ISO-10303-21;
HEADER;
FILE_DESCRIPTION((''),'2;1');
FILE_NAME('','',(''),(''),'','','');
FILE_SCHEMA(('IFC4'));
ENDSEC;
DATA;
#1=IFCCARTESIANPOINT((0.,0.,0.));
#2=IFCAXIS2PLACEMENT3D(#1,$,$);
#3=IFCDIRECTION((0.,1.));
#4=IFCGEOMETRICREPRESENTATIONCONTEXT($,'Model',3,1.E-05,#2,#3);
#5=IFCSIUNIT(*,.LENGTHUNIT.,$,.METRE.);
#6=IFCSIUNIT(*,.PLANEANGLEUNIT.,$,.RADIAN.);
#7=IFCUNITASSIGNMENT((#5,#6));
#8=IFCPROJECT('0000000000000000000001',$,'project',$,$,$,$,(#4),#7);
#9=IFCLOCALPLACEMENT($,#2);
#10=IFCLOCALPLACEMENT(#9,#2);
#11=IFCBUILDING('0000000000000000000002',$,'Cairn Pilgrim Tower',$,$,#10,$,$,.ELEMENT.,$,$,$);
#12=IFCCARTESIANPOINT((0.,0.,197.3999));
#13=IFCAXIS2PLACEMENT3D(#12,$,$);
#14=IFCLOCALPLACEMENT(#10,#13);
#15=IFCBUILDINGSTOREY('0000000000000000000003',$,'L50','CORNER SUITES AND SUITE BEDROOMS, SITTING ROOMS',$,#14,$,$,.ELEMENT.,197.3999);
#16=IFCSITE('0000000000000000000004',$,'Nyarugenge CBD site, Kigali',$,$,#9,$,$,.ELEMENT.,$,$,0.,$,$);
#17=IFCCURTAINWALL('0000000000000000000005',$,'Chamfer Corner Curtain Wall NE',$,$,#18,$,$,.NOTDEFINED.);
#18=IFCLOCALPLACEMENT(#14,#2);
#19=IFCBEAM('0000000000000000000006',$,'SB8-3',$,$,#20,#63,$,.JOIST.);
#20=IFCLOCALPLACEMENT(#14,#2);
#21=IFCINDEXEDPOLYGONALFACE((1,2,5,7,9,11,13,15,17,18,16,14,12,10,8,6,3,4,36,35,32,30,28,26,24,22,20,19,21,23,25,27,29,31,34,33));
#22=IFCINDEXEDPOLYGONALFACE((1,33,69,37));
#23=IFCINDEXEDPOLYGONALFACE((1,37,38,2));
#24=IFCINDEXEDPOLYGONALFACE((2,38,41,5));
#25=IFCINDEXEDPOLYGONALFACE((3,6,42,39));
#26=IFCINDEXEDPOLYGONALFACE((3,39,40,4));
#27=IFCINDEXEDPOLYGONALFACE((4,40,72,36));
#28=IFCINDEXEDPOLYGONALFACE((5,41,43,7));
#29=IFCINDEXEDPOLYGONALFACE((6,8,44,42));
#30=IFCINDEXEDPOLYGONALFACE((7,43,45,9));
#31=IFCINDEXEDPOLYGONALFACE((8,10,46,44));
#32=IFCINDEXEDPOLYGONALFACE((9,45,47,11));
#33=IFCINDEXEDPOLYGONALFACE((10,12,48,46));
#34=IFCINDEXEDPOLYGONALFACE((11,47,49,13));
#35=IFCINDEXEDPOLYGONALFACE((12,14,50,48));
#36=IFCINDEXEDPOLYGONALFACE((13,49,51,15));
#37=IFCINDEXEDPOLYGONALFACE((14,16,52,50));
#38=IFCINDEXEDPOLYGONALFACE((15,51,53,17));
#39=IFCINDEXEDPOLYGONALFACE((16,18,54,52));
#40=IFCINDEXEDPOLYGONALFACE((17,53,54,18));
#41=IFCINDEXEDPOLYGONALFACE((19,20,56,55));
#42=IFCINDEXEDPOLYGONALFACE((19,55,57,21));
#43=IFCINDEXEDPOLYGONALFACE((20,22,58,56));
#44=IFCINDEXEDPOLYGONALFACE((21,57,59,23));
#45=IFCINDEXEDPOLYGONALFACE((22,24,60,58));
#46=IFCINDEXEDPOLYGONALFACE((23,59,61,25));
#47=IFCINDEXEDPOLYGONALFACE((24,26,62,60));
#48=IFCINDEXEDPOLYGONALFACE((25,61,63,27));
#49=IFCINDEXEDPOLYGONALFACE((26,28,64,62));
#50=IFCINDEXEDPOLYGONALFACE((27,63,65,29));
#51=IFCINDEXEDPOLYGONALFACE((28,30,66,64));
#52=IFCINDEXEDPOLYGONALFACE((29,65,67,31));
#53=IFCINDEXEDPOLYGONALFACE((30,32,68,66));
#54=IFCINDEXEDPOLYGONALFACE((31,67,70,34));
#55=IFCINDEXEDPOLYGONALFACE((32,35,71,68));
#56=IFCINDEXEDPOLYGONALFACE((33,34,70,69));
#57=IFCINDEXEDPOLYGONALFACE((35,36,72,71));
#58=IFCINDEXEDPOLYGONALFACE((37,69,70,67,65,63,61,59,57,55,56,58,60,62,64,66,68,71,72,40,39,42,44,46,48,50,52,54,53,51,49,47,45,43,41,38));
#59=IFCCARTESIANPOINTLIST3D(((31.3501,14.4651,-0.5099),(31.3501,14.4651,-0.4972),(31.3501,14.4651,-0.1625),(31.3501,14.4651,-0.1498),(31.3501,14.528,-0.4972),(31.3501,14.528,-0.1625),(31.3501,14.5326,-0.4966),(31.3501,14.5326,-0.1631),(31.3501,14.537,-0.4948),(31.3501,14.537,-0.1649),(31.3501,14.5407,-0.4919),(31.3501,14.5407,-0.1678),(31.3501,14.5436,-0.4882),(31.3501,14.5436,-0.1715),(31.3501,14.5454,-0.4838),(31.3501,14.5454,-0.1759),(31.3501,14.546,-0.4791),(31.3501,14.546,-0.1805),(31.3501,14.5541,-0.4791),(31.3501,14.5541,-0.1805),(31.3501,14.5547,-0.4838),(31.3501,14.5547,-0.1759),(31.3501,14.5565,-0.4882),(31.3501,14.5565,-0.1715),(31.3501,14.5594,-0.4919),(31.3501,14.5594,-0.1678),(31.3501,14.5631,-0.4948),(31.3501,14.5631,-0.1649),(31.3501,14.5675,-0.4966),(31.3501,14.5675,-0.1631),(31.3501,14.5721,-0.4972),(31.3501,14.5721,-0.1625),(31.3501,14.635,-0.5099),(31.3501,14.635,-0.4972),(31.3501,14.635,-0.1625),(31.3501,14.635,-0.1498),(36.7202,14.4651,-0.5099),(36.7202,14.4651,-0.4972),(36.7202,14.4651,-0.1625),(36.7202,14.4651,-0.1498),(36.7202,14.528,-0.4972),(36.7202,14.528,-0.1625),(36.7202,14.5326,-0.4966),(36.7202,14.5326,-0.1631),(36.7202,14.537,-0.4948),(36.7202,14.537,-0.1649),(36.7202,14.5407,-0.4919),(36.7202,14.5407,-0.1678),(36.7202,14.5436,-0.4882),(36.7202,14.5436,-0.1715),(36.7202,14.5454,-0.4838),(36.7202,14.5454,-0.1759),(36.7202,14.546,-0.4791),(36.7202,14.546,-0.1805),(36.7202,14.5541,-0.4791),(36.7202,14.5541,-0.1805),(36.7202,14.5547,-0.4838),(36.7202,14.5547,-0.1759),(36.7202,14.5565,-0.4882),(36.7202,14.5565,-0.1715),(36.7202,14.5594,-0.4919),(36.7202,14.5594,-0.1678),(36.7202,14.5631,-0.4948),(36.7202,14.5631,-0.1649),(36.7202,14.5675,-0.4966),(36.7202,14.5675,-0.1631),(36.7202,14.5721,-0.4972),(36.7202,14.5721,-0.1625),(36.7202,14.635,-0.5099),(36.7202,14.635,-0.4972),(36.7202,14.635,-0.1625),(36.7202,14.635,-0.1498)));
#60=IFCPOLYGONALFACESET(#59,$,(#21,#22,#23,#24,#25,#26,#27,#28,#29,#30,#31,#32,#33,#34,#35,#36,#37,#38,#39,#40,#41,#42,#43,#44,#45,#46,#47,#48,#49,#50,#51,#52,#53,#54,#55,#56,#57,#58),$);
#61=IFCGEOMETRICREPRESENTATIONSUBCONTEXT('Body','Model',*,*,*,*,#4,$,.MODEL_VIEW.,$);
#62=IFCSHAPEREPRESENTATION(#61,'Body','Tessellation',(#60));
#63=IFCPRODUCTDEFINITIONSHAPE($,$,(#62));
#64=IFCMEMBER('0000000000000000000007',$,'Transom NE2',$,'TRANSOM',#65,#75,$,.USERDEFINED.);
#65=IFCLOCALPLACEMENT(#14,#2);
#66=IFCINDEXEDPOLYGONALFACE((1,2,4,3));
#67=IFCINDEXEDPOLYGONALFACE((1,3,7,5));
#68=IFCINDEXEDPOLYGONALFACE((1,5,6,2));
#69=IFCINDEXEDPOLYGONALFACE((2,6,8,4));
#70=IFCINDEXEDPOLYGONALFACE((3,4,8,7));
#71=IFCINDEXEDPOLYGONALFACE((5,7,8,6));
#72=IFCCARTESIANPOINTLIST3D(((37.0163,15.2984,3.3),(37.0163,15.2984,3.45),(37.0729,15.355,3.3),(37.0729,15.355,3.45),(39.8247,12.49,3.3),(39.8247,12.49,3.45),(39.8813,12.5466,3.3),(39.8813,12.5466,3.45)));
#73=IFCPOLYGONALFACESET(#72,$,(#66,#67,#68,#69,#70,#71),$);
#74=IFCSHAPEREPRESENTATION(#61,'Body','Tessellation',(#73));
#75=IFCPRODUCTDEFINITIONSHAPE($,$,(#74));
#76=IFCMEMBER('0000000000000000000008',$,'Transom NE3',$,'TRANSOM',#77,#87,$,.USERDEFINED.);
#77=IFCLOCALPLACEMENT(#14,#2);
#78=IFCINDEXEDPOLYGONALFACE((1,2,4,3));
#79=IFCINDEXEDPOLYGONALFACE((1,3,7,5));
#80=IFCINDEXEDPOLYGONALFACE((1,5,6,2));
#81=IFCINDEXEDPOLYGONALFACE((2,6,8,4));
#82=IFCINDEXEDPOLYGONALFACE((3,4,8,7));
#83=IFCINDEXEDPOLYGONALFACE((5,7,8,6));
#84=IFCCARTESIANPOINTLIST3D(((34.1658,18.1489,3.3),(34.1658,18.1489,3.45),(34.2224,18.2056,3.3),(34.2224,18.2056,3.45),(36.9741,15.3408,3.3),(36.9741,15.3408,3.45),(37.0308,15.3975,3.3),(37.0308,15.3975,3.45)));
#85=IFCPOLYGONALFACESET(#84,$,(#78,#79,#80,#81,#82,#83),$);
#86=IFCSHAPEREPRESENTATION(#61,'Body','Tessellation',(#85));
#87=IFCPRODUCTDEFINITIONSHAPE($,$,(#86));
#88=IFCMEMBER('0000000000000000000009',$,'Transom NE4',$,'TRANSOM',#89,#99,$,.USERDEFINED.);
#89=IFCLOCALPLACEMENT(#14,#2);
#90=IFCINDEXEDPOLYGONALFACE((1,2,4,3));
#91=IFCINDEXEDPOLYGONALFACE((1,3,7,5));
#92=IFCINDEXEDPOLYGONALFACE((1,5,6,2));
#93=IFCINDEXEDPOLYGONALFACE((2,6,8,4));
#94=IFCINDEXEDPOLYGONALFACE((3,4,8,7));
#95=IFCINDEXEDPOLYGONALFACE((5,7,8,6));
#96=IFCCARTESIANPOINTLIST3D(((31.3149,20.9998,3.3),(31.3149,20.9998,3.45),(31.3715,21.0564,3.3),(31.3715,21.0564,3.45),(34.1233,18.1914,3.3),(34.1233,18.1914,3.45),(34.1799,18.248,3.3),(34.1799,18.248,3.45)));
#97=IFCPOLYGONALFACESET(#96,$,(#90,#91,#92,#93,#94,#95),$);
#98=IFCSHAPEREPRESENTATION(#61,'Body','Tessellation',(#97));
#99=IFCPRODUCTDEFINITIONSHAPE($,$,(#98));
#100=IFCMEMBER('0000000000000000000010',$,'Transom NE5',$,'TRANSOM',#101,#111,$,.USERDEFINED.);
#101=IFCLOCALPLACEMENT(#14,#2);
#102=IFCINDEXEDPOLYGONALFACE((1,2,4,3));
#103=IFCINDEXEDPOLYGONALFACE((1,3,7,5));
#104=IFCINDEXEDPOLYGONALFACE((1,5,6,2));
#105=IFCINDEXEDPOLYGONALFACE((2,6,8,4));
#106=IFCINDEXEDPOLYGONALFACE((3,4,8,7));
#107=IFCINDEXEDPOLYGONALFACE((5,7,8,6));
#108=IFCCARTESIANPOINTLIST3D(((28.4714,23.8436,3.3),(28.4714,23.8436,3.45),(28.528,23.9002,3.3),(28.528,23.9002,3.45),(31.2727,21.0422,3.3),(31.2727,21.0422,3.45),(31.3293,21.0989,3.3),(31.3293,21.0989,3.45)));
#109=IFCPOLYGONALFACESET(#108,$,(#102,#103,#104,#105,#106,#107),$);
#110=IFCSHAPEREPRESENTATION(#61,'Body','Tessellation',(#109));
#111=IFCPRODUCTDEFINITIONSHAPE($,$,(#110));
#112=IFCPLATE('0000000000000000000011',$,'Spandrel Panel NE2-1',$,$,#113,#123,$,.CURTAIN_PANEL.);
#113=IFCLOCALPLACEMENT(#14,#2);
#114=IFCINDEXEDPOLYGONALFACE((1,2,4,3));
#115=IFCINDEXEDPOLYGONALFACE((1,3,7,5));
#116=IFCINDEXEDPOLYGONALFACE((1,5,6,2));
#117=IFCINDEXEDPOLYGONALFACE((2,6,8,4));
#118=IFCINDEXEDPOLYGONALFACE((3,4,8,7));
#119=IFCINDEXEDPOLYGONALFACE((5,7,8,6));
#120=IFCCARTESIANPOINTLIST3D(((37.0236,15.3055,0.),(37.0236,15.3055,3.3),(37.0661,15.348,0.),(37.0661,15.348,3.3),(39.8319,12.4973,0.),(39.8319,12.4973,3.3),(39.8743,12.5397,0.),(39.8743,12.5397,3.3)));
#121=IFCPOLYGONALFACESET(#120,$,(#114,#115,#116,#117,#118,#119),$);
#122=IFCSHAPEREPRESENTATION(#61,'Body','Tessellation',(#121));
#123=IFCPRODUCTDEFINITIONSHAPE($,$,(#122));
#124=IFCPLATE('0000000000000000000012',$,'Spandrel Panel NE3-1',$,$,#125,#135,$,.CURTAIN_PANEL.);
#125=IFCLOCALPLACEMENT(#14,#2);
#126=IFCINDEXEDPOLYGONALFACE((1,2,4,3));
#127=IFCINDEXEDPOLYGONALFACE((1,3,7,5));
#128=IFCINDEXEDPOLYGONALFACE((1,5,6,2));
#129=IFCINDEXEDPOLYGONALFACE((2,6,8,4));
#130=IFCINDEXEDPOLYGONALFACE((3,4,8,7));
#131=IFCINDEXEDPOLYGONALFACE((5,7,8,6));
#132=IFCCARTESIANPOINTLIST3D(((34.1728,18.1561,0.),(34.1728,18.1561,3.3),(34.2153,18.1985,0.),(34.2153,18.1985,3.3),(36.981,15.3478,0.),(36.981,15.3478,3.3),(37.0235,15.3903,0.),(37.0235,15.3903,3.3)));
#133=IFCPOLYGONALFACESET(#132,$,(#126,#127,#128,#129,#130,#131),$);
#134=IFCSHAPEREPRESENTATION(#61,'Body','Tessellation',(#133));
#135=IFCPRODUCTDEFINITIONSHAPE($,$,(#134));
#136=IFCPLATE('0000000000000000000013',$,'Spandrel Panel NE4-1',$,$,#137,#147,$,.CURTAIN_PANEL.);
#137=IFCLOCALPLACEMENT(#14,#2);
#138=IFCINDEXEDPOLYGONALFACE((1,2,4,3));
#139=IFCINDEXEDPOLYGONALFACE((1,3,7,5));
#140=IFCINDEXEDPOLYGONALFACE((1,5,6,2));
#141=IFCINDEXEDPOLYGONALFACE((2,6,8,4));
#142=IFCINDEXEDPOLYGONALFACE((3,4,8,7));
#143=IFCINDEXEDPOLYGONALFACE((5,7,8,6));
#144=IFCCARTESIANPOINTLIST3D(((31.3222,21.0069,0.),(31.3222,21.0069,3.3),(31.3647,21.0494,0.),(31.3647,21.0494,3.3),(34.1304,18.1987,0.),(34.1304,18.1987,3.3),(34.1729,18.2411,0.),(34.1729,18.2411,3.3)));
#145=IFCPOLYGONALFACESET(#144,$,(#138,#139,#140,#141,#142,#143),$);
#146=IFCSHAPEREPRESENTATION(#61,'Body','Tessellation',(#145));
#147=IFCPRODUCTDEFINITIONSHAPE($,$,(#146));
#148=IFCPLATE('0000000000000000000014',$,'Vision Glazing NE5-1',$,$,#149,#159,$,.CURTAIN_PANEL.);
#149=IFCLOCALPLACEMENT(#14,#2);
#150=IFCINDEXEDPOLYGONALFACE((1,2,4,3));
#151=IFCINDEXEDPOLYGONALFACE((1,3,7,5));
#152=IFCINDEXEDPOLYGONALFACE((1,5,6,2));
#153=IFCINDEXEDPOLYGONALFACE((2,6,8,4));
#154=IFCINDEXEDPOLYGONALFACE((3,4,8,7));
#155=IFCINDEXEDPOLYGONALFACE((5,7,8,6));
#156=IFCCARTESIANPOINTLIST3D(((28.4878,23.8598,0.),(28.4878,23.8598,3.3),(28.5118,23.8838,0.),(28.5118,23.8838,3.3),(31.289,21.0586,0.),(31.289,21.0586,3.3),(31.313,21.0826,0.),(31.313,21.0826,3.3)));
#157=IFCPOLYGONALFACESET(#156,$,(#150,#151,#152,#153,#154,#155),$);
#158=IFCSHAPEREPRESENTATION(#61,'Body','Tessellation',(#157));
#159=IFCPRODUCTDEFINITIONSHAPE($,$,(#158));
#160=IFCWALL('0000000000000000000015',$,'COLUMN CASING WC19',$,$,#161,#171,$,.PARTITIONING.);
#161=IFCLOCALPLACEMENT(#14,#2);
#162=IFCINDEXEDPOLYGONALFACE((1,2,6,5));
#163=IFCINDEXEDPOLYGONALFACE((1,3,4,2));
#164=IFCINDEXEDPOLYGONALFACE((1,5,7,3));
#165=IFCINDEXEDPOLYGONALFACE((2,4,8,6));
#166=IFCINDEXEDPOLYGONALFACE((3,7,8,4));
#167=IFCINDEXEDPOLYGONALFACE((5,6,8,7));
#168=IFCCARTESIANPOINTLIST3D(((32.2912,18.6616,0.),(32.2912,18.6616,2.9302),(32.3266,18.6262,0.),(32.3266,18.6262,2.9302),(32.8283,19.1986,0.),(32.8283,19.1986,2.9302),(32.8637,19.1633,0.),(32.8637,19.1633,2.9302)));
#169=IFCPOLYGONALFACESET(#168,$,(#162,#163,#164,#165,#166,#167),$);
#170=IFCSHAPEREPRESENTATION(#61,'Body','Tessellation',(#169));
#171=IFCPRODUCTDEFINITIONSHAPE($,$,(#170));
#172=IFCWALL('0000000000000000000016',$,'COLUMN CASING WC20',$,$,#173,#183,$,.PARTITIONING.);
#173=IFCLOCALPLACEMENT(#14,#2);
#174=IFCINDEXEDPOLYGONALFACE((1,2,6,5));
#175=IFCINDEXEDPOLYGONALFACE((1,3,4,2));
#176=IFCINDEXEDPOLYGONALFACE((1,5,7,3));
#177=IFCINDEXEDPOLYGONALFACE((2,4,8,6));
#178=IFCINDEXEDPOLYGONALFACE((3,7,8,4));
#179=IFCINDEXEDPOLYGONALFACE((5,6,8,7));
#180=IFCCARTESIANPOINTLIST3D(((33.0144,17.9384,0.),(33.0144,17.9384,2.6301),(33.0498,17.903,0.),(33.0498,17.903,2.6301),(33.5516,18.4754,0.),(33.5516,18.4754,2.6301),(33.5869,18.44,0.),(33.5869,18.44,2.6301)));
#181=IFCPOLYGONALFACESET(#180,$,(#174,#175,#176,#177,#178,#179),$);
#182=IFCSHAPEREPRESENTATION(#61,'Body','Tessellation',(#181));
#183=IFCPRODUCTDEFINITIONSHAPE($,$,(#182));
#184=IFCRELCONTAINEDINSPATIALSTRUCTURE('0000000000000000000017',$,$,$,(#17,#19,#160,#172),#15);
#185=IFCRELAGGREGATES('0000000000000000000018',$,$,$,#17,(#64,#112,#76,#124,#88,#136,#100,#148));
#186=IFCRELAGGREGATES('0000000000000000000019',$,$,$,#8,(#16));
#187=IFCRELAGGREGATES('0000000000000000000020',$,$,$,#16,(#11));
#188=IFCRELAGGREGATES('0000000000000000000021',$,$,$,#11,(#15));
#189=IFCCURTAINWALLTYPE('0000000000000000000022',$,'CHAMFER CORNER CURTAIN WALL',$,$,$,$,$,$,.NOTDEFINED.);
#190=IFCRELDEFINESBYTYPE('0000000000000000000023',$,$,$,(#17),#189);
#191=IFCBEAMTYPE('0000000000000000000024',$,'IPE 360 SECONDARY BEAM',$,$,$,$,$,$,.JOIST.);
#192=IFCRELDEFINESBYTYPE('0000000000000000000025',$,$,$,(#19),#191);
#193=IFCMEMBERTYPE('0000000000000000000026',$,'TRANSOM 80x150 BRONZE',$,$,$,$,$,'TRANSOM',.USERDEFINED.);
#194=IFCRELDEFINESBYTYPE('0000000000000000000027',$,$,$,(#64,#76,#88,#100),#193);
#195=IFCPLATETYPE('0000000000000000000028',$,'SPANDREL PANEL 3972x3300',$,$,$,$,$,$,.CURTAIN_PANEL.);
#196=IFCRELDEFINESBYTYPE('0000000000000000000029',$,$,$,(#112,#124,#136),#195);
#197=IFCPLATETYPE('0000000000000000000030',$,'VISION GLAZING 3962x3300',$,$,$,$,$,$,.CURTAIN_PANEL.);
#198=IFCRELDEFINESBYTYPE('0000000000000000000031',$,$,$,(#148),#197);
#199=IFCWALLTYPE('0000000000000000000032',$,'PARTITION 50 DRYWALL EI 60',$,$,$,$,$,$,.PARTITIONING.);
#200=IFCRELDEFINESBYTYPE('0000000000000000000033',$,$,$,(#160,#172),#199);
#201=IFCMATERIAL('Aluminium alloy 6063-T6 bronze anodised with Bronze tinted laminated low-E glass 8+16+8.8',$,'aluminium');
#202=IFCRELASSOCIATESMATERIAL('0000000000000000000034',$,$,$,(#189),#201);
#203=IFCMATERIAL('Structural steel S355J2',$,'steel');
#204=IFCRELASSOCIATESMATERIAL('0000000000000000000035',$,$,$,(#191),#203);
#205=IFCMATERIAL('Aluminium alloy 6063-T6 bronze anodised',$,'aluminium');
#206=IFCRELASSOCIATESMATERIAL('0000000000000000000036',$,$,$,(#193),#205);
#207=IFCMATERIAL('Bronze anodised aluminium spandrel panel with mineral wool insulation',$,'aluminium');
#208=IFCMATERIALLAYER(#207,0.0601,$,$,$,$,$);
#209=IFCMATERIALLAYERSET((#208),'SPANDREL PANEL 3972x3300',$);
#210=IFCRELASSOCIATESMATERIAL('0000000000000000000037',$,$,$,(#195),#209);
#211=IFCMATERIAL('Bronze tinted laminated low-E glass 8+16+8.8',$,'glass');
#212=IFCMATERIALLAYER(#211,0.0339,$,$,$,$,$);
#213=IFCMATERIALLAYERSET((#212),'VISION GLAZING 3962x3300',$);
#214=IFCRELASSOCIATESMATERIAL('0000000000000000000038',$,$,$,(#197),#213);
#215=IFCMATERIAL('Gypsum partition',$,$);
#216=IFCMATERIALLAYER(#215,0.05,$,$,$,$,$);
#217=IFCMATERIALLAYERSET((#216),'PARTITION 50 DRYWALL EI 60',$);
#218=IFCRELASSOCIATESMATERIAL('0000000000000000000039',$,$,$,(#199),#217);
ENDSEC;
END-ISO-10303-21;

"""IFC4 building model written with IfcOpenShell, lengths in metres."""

from ifc_helpers import new_model, si_unit, direction, frame, frame_2d, origin, origin_2d, place, context, subcontext, project, spatial, rectangle, i_section, extrude, material, layer, layer_set, material_profile, profile_set, type_object, element, aggregate, save


model = new_model("IFC4")

# Units and contexts
model_context = context("Model", 3, precision=1e-05, world=origin(), true_north=direction((0.0, 1.0)))
body_context = subcontext(model_context, "Body", "Model", "MODEL_VIEW")
ifc_project = project(units=[si_unit("LENGTHUNIT", "METRE"), si_unit("PLANEANGLEUNIT", "RADIAN")], contexts=[model_context])

# Site, building, storey
site_placement = place(None, origin())
site = spatial("IfcSite", under=ifc_project, at=site_placement, Name="Nyarugenge CBD site, Kigali", CompositionType="ELEMENT", RefElevation=0.0)
building_placement = place(site_placement, origin())
building = spatial("IfcBuilding", under=site, at=building_placement, Name="Cairn Pilgrim Tower", CompositionType="ELEMENT")
storey_placement = place(building_placement, frame((0.0, 0.0, 197.3999)))
storey = spatial("IfcBuildingStorey", under=building, at=storey_placement, Name="L50", Description="CORNER SUITES AND SUITE BEDROOMS, SITTING ROOMS", CompositionType="ELEMENT", Elevation=197.3999)

# Shared definitions
ifc_material_1 = material(Name="Structural steel S355J2", Category="steel")

# Curtain wall
ifc_material_2 = material(Name="Aluminium alloy 6063-T6 bronze anodised with Bronze tinted laminated low-E glass 8+16+8.8", Category="aluminium")
curtain_wall_type_1 = type_object("IfcCurtainWallType", Name="CHAMFER CORNER CURTAIN WALL", PredefinedType="NOTDEFINED", material=ifc_material_2)
curtain_wall_1_placement = place(storey_placement, origin())
curtain_wall_1 = element("IfcCurtainWall", 1, at=curtain_wall_1_placement, inside=storey, type_object=curtain_wall_type_1, Name="Chamfer Corner Curtain Wall NE", PredefinedType="NOTDEFINED")
ifc_material_3 = material(Name="Aluminium alloy 6063-T6 bronze anodised", Category="aluminium")

# Beam
ifc_material_profile_1 = material_profile(ifc_material_1, i_section(OverallWidth=0.1699, OverallDepth=0.3601, WebThickness=0.0081, FlangeThickness=0.0127, FilletRadius=0.0181, at=origin_2d()), Name="IPE 360")
ifc_profile_set_1 = profile_set([ifc_material_profile_1], Name="Structural steel S355J2")
beam_type_1 = type_object("IfcBeamType", Name="IPE 360 SECONDARY BEAM", PredefinedType="JOIST", material=ifc_profile_set_1)
beam_1_placement = place(storey_placement, frame((31.3501, 14.55, -0.3298), z_axis=(1.0, 0.0, 0.0), x_axis=(0.0, 1.0, 0.0)))
element("IfcBeam", 2, at=beam_1_placement, inside=storey, type_object=beam_type_1, Name="SB8-3", PredefinedType="JOIST", context=body_context, shape_type="SweptSolid", body=[
    extrude(i_section(OverallWidth=0.1699, OverallDepth=0.3601, WebThickness=0.0081, FlangeThickness=0.0127, FilletRadius=0.0181, at=origin_2d()), origin(), (0.0, 0.0, 1.0), 5.3701),
])

# Members
ifc_material_profile_2 = material_profile(ifc_material_3, rectangle(XDim=0.0801, YDim=0.1499, at=origin_2d()), Name="TRANSOM 80x150 BRONZE")
ifc_profile_set_2 = profile_set([ifc_material_profile_2], Name="Aluminium alloy 6063-T6 bronze anodised")
member_type_1 = type_object("IfcMemberType", Name="TRANSOM 80x150 BRONZE", ElementType="TRANSOM", PredefinedType="USERDEFINED", material=ifc_profile_set_2)
member_1_placement = place(storey_placement, frame((39.853, 12.5183, 3.375), z_axis=(-0.707107, 0.707107, 0.0), x_axis=(-0.707107, -0.707107, 0.0)))
member_1 = element("IfcMember", 3, at=member_1_placement, type_object=member_type_1, Name="Transom NE2", ObjectType="TRANSOM", PredefinedType="USERDEFINED", context=body_context, shape_type="SweptSolid", body=[
    extrude(rectangle(XDim=0.0801, YDim=0.1499, at=origin_2d()), origin(), (0.0, 0.0, 1.0), 3.9717),
])
member_2_placement = place(storey_placement, frame((37.0024, 15.3691, 3.375), z_axis=(-0.707138, 0.707076, 0.0), x_axis=(-0.707076, -0.707138, 0.0)))
member_2 = element("IfcMember", 4, at=member_2_placement, type_object=member_type_1, Name="Transom NE3", ObjectType="TRANSOM", PredefinedType="USERDEFINED", context=body_context, shape_type="SweptSolid", body=[
    extrude(rectangle(XDim=0.0801, YDim=0.1499, at=origin_2d()), origin(), (0.0, 0.0, 1.0), 3.9714),
])
member_3_placement = place(storey_placement, frame((34.1516, 18.2197, 3.375), z_axis=(-0.707107, 0.707107, 0.0), x_axis=(-0.707107, -0.707107, 0.0)))
member_3 = element("IfcMember", 5, at=member_3_placement, type_object=member_type_1, Name="Transom NE4", ObjectType="TRANSOM", PredefinedType="USERDEFINED", context=body_context, shape_type="SweptSolid", body=[
    extrude(rectangle(XDim=0.0801, YDim=0.1499, at=origin_2d()), origin(), (0.0, 0.0, 1.0), 3.9717),
])
member_4_placement = place(storey_placement, frame((31.301, 21.0706, 3.375), z_axis=(-0.707107, 0.707107, 0.0), x_axis=(-0.707107, -0.707107, 0.0)))
member_4 = element("IfcMember", 6, at=member_4_placement, type_object=member_type_1, Name="Transom NE5", ObjectType="TRANSOM", PredefinedType="USERDEFINED", context=body_context, shape_type="SweptSolid", body=[
    extrude(rectangle(XDim=0.0801, YDim=0.1499, at=origin_2d()), origin(), (0.0, 0.0, 1.0), 3.9617),
])

# Plates
ifc_material_4 = material(Name="Bronze anodised aluminium spandrel panel with mineral wool insulation", Category="aluminium")
ifc_layer_1 = layer(ifc_material_4, 0.0601)
ifc_layer_set_1 = layer_set([ifc_layer_1], Name="SPANDREL PANEL 3972x3300")
plate_type_1 = type_object("IfcPlateType", Name="SPANDREL PANEL 3972x3300", PredefinedType="CURTAIN_PANEL", material=ifc_layer_set_1)
plate_1_placement = place(storey_placement, frame((38.449, 13.9226, 0.0), z_axis=(0.0, 0.0, 1.0), x_axis=(-0.707107, 0.707107, 0.0)))
plate_1 = element("IfcPlate", 7, at=plate_1_placement, type_object=plate_type_1, Name="Spandrel Panel NE2-1", PredefinedType="CURTAIN_PANEL", context=body_context, shape_type="SweptSolid", body=[
    extrude(rectangle(XDim=3.9714, YDim=0.0601, at=origin_2d()), origin(), (0.0, 0.0, 1.0), 3.3),
])
plate_2_placement = place(storey_placement, frame((35.5981, 16.7732, 0.0), z_axis=(0.0, 0.0, 1.0), x_axis=(-0.707107, 0.707107, 0.0)))
plate_2 = element("IfcPlate", 8, at=plate_2_placement, type_object=plate_type_1, Name="Spandrel Panel NE3-1", PredefinedType="CURTAIN_PANEL", context=body_context, shape_type="SweptSolid", body=[
    extrude(rectangle(XDim=3.9714, YDim=0.0601, at=origin_2d()), origin(), (0.0, 0.0, 1.0), 3.3),
])
plate_3_placement = place(storey_placement, frame((32.7476, 19.624, 0.0), z_axis=(0.0, 0.0, 1.0), x_axis=(-0.707107, 0.707107, 0.0)))
plate_3 = element("IfcPlate", 9, at=plate_3_placement, type_object=plate_type_1, Name="Spandrel Panel NE4-1", PredefinedType="CURTAIN_PANEL", context=body_context, shape_type="SweptSolid", body=[
    extrude(rectangle(XDim=3.9714, YDim=0.0601, at=origin_2d()), origin(), (0.0, 0.0, 1.0), 3.3),
])
ifc_material_5 = material(Name="Bronze tinted laminated low-E glass 8+16+8.8", Category="glass")
ifc_layer_2 = layer(ifc_material_5, 0.0339)
ifc_layer_set_2 = layer_set([ifc_layer_2], Name="VISION GLAZING 3962x3300")
plate_type_2 = type_object("IfcPlateType", Name="VISION GLAZING 3962x3300", PredefinedType="CURTAIN_PANEL", material=ifc_layer_set_2)
plate_4_placement = place(storey_placement, frame((29.9004, 22.4712, 0.0), z_axis=(0.0, 0.0, 1.0), x_axis=(-0.707107, 0.707107, 0.0)))
plate_4 = element("IfcPlate", 10, at=plate_4_placement, type_object=plate_type_2, Name="Vision Glazing NE5-1", PredefinedType="CURTAIN_PANEL", context=body_context, shape_type="SweptSolid", body=[
    extrude(rectangle(XDim=3.9614, YDim=0.0339, at=origin_2d()), origin(), (0.0, 0.0, 1.0), 3.3),
])
aggregate(curtain_wall_1, [member_1, plate_1, member_2, plate_2, member_3, plate_3, member_4, plate_4])

# Walls
ifc_material_6 = material(Name="Gypsum partition")
ifc_layer_3 = layer(ifc_material_6, 0.05)
ifc_layer_set_3 = layer_set([ifc_layer_3], Name="PARTITION 50 DRYWALL EI 60")
wall_type_1 = type_object("IfcWallType", Name="PARTITION 50 DRYWALL EI 60", PredefinedType="PARTITIONING", material=ifc_layer_set_3)
wall_1_placement = place(storey_placement, frame((32.3088, 18.6438, 0.0), z_axis=(0.0, 0.0, 1.0), x_axis=(0.707107, 0.707107, 0.0)))
element("IfcWall", 11, at=wall_1_placement, inside=storey, type_object=wall_type_1, Name="COLUMN CASING WC19", PredefinedType="PARTITIONING", context=body_context, shape_type="SweptSolid", body=[
    extrude(rectangle(XDim=0.7595, YDim=0.05, at=frame_2d((0.3799, 0.0))), origin(), (0.0, 0.0, 1.0), 2.9302),
])
wall_2_placement = place(storey_placement, frame((33.032, 17.9207, 0.0), z_axis=(0.0, 0.0, 1.0), x_axis=(0.707268, 0.706946, 0.0)))
element("IfcWall", 12, at=wall_2_placement, inside=storey, type_object=wall_type_1, Name="COLUMN CASING WC20", PredefinedType="PARTITIONING", context=body_context, shape_type="SweptSolid", body=[
    extrude(rectangle(XDim=0.7595, YDim=0.05, at=frame_2d((0.3799, 0.0))), origin(), (0.0, 0.0, 1.0), 2.6301),
])

save(model, "model.ifc")
